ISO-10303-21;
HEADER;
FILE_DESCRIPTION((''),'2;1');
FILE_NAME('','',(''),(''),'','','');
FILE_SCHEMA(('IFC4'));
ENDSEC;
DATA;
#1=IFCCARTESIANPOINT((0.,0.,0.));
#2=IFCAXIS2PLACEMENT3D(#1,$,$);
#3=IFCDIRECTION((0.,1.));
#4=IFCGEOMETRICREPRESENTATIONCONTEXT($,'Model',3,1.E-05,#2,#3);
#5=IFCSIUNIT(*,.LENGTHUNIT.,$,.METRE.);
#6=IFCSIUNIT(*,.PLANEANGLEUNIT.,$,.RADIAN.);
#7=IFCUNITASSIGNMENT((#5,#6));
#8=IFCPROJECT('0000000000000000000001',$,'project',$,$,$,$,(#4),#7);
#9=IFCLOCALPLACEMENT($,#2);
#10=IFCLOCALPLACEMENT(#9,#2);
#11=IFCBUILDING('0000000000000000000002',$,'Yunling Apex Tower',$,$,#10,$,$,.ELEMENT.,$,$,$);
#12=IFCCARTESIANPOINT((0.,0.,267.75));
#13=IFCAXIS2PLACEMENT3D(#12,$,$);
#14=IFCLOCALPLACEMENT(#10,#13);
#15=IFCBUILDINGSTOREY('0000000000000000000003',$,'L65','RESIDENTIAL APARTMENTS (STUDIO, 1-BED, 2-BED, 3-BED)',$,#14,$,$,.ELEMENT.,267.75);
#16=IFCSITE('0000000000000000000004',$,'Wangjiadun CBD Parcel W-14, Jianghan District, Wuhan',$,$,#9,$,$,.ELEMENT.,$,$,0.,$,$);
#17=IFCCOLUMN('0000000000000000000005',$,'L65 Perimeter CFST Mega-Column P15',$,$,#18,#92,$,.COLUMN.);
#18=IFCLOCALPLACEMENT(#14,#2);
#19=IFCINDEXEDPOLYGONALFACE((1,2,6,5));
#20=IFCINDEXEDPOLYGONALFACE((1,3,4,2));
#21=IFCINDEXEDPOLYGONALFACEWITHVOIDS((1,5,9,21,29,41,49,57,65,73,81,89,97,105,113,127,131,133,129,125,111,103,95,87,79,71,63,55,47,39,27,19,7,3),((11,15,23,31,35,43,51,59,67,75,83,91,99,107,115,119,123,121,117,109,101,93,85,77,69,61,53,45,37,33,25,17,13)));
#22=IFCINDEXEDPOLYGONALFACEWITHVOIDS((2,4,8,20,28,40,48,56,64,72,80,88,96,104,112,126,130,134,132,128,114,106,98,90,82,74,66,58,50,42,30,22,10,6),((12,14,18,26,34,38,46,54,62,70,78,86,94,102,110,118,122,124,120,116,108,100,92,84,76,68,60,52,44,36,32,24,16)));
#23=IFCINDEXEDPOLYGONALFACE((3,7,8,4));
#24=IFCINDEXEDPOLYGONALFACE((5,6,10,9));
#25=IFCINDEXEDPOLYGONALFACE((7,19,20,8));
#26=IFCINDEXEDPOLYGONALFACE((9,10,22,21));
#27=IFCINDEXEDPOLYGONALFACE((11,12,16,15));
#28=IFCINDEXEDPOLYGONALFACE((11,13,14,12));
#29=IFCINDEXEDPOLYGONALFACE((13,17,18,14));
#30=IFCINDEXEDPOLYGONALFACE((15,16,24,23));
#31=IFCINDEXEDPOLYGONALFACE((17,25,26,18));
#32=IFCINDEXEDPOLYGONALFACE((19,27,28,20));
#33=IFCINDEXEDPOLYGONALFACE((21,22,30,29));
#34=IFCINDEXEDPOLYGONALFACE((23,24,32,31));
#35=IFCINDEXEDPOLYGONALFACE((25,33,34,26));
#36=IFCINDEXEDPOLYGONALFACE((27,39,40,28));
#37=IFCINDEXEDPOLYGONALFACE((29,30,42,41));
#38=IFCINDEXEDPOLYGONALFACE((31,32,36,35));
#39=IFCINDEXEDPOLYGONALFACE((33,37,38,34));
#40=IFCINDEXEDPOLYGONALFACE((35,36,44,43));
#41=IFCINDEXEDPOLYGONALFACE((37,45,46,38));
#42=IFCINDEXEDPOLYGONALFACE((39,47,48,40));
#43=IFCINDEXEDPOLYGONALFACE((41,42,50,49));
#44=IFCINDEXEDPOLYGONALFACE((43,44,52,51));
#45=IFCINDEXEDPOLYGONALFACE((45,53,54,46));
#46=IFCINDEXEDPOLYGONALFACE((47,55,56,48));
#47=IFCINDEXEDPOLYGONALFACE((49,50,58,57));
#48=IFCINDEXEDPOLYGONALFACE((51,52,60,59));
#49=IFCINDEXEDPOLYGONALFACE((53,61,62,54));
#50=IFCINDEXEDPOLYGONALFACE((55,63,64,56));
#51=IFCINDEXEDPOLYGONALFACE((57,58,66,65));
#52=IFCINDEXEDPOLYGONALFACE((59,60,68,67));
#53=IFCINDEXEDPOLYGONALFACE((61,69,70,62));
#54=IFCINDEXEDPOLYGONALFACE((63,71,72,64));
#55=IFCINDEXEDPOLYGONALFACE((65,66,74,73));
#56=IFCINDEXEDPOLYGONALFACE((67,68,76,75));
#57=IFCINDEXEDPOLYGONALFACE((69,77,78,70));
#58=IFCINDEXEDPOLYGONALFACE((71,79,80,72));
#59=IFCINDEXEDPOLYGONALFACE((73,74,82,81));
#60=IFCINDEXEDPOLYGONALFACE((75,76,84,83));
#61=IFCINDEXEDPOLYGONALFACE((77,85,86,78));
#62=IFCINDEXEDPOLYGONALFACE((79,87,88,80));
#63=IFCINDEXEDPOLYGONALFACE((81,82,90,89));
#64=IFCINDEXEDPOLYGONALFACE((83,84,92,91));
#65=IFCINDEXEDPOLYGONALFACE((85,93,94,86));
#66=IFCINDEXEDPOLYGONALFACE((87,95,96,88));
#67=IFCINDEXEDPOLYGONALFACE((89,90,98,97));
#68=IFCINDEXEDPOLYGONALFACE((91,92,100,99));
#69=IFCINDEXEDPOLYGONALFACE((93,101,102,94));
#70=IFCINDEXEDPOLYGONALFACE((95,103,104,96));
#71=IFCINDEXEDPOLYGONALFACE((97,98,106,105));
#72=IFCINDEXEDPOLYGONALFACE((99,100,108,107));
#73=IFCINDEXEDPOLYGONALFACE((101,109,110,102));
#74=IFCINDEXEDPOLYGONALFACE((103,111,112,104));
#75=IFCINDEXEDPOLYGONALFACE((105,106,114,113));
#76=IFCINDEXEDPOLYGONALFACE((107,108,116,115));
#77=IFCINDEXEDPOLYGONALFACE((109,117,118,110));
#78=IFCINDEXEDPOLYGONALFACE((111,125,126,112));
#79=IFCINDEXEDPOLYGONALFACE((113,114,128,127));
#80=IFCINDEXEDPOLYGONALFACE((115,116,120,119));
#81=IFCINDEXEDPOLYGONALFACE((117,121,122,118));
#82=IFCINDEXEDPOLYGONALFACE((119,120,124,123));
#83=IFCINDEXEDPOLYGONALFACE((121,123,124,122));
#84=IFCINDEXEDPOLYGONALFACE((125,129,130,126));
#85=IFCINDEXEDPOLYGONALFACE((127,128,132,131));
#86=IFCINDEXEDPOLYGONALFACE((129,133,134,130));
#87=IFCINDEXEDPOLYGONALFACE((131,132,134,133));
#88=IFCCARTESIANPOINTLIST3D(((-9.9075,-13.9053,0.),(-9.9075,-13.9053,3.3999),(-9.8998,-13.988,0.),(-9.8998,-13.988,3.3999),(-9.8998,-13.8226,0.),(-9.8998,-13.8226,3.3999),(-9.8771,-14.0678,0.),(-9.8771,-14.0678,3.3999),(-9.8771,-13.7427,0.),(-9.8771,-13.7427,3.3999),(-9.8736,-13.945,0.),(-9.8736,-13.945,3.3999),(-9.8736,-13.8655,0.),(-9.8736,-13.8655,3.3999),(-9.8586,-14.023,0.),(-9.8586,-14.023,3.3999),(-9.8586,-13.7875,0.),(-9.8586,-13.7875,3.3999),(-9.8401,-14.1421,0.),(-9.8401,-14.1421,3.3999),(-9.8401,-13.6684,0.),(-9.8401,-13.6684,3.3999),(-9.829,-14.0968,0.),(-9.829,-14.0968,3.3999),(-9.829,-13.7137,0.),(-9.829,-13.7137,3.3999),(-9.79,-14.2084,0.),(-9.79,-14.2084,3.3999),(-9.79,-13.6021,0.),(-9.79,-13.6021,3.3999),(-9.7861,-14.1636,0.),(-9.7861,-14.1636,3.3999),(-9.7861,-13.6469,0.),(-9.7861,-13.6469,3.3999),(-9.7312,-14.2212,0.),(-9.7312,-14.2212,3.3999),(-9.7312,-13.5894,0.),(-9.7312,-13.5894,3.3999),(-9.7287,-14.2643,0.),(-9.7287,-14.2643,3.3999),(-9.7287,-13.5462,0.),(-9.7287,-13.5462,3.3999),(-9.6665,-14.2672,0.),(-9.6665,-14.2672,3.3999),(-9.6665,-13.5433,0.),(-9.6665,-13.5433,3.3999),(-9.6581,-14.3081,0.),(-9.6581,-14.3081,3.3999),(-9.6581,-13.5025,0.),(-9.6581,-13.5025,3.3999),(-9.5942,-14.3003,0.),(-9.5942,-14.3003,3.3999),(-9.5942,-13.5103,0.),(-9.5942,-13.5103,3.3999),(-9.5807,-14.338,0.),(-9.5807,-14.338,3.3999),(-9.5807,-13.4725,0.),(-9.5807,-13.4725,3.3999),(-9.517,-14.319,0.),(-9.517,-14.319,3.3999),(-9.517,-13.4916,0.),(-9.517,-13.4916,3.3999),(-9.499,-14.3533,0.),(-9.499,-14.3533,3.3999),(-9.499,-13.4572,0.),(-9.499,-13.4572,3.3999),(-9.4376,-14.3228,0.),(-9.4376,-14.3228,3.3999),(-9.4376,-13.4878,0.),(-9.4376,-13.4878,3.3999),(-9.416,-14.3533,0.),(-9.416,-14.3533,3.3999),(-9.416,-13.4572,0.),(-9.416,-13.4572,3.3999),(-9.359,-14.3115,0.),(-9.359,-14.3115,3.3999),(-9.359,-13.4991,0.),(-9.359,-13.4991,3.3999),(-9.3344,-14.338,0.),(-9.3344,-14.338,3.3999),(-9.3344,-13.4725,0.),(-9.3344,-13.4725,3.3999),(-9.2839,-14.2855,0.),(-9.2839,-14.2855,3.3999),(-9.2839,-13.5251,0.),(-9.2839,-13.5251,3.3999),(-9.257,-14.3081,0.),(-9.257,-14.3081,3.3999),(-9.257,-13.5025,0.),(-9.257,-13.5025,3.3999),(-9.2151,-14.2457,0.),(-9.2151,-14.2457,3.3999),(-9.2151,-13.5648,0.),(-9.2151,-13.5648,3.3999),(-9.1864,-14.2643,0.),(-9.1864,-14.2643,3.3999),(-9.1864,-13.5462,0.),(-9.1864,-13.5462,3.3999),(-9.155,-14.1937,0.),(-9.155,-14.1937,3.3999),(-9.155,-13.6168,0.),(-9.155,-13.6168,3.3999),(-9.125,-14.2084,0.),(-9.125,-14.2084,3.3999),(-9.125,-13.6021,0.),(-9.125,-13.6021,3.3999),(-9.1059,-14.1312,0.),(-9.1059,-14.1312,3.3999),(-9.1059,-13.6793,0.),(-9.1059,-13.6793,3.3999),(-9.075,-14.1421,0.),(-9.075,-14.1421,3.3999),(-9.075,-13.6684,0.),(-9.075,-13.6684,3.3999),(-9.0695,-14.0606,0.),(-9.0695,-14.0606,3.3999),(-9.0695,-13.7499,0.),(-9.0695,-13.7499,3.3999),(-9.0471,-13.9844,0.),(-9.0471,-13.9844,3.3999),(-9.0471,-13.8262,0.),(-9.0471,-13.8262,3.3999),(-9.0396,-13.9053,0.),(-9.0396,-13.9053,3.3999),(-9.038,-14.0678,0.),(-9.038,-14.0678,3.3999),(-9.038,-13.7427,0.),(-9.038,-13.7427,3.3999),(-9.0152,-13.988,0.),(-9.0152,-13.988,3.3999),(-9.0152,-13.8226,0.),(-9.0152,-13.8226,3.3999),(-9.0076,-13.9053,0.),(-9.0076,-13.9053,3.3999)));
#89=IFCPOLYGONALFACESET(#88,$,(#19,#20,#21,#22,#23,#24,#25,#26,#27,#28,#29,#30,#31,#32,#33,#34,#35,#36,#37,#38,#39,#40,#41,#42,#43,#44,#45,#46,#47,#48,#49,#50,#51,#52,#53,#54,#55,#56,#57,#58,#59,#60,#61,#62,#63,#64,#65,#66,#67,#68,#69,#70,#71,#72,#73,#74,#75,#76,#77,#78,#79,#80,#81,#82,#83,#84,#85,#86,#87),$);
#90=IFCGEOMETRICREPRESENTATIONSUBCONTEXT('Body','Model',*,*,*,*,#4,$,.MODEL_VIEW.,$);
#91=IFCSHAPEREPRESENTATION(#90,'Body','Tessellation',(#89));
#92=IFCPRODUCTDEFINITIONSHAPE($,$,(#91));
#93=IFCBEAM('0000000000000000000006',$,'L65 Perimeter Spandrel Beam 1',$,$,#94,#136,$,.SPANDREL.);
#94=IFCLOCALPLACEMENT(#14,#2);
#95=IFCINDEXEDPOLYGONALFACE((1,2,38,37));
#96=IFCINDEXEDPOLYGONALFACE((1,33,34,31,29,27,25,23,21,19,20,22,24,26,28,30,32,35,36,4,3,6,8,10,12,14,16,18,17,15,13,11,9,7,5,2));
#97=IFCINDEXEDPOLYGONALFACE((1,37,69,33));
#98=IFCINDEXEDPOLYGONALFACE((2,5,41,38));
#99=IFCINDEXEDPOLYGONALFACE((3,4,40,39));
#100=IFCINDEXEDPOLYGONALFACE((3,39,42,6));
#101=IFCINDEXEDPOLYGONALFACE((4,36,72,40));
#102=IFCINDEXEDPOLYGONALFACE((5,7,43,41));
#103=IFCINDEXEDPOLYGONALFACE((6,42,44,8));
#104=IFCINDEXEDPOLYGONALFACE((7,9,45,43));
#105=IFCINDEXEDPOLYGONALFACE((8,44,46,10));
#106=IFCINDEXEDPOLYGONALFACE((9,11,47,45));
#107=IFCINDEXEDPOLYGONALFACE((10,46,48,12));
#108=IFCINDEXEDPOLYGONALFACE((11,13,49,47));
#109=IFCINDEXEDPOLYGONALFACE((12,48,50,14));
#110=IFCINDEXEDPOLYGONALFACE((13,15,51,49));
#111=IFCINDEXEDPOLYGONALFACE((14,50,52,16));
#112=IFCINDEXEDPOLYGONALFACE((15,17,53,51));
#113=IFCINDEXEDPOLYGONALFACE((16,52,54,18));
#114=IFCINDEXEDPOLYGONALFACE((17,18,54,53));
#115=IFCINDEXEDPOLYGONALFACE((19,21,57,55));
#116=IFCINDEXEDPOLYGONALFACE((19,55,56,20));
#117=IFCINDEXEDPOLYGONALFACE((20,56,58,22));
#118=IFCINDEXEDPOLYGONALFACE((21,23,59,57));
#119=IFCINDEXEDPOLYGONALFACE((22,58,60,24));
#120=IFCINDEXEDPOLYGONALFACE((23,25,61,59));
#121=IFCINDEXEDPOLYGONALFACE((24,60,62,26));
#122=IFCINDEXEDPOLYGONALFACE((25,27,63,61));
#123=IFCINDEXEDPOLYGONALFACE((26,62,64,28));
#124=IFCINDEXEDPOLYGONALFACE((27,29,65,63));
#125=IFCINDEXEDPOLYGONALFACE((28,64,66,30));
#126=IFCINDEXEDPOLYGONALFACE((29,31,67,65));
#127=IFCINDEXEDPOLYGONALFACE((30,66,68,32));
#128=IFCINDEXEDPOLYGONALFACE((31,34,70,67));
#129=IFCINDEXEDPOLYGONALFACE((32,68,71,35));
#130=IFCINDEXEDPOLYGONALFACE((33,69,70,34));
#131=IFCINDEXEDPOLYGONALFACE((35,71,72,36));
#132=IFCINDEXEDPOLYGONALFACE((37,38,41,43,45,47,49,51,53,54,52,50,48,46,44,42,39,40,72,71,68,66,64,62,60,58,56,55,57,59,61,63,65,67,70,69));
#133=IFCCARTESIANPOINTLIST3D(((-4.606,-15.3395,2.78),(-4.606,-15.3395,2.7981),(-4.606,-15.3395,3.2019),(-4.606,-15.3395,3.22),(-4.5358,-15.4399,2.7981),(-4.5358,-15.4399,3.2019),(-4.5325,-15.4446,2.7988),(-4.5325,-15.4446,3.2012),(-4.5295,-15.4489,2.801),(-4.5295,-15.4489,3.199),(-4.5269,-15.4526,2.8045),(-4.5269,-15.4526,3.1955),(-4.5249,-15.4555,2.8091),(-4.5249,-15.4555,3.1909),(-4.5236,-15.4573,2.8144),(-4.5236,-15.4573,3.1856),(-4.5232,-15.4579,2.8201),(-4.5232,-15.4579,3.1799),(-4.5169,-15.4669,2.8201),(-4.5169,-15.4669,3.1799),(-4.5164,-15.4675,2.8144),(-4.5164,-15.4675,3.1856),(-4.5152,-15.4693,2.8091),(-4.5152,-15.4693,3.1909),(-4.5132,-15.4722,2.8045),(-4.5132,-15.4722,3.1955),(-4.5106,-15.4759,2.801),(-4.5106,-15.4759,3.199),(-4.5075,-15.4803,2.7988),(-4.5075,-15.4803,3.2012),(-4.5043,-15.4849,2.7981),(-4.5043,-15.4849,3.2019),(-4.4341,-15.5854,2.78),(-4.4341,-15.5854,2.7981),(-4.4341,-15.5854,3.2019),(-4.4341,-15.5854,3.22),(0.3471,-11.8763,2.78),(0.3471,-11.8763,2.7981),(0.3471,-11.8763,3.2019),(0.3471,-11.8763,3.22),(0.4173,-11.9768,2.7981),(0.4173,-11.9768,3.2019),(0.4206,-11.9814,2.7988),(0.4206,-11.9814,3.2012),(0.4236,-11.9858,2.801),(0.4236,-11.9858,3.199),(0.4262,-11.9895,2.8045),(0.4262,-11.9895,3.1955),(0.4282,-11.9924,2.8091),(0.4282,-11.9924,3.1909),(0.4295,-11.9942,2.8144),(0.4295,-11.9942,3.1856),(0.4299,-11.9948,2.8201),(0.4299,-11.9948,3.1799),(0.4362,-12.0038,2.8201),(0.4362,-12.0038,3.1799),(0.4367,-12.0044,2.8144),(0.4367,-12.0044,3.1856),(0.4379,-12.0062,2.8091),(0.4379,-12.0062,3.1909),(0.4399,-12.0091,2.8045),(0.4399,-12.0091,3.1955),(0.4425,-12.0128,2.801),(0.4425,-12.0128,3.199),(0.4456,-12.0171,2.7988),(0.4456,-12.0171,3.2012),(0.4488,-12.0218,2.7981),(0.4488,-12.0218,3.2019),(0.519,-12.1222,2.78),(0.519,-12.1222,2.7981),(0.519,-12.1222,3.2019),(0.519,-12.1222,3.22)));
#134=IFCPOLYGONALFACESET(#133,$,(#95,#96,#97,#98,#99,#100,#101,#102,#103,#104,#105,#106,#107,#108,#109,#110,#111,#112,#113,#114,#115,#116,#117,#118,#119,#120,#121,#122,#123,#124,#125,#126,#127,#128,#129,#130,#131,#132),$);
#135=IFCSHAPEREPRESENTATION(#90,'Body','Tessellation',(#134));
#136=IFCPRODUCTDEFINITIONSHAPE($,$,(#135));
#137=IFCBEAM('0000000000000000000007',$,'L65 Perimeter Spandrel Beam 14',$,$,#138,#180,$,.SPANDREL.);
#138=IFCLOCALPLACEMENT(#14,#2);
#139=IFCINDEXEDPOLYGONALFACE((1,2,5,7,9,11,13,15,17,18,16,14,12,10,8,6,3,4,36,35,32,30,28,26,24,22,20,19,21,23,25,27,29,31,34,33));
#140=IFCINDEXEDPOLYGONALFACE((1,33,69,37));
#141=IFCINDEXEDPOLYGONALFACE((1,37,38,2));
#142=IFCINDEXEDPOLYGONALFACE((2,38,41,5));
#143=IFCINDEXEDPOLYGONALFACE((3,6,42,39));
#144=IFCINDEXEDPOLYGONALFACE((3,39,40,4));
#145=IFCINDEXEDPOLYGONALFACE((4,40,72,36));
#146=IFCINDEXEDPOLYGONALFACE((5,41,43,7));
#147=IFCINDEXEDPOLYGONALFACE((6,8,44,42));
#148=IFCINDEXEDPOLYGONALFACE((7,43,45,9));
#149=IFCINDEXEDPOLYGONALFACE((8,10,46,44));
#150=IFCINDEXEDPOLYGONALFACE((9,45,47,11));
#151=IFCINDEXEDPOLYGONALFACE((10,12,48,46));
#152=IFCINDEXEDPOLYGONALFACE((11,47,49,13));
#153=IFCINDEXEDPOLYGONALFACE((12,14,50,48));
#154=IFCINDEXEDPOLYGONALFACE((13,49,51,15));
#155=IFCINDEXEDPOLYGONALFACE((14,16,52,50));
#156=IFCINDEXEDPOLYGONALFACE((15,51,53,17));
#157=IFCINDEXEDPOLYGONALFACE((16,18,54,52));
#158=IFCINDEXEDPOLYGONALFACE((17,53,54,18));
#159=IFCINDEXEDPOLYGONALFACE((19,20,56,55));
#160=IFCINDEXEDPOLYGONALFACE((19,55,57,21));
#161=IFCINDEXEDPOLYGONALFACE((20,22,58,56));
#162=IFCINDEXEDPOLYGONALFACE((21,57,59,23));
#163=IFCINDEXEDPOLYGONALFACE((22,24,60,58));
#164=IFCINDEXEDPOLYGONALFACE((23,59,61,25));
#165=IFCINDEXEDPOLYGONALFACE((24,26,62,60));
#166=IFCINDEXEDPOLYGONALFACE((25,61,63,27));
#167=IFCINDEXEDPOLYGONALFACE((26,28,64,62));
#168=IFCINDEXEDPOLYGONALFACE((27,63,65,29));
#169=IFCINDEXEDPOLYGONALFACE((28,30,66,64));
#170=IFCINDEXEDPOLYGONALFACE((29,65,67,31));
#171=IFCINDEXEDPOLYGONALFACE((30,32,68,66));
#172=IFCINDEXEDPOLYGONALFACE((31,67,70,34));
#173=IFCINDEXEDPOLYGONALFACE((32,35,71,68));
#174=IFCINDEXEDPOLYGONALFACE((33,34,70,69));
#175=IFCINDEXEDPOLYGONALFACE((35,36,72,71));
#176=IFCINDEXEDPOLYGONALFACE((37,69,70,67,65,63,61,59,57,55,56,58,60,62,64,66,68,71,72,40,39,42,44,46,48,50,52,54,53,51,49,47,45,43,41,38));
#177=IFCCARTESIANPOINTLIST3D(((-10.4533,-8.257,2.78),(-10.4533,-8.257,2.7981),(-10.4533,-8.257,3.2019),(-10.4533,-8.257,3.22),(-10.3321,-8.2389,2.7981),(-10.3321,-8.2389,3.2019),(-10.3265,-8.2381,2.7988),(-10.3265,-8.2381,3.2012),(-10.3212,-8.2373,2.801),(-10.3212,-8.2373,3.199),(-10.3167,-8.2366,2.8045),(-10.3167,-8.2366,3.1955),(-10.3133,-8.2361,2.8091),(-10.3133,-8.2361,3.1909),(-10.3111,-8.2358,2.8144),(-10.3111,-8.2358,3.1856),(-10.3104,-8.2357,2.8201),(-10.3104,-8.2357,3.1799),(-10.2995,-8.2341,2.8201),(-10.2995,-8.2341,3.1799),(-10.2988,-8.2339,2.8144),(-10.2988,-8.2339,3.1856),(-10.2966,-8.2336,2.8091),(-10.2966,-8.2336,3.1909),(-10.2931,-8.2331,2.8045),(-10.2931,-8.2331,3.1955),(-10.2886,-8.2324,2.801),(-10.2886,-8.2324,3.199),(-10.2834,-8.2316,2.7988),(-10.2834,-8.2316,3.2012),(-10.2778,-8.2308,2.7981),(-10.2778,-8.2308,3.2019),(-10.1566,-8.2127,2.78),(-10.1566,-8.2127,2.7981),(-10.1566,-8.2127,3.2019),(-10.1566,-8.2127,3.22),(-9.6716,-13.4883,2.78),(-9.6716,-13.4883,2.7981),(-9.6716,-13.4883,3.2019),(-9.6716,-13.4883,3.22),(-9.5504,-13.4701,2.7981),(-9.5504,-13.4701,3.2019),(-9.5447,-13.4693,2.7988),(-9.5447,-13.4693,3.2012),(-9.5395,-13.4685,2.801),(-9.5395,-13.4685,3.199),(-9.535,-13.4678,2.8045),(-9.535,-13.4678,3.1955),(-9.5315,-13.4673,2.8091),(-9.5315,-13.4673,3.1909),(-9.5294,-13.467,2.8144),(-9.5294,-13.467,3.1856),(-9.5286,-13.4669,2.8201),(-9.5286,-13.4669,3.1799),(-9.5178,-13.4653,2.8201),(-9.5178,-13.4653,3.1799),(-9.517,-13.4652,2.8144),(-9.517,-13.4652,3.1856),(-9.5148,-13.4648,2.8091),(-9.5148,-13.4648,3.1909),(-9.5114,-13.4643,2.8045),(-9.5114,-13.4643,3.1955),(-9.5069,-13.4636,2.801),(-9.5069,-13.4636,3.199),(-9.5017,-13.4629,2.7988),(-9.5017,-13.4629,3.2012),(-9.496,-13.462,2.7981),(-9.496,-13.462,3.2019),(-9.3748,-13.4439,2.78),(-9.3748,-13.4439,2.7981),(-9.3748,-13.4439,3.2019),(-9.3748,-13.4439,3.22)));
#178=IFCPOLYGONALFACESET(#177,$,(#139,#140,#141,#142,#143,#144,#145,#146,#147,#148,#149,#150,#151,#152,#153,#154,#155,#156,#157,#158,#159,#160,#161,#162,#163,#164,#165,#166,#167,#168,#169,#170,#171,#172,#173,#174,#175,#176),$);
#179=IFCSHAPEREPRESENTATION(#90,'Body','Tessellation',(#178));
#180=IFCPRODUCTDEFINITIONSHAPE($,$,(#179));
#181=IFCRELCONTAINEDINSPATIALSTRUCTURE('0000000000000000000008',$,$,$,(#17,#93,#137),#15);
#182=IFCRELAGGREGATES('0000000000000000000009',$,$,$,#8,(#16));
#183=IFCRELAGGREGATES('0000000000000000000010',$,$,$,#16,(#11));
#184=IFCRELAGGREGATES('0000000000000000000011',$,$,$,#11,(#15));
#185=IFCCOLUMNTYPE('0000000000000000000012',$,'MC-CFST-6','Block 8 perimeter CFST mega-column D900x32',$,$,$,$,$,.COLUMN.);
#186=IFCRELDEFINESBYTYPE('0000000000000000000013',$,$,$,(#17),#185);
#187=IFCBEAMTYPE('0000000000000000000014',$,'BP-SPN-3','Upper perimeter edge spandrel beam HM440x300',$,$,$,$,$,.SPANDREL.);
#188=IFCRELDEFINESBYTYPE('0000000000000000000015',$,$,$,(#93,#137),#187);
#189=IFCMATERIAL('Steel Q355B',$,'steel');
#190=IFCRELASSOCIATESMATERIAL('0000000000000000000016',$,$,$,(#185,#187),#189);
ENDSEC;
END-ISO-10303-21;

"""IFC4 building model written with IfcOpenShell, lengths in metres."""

from ifc_helpers import new_model, si_unit, direction, frame, origin, origin_2d, place, context, subcontext, project, spatial, hollow_circle, i_section, extrude, source, transform, mapped, material, material_profile, profile_set, type_object, element, save


model = new_model("IFC4")

# Units and contexts
model_context = context("Model", 3, precision=1e-05, world=origin(), true_north=direction((0.0, 1.0)))
body_context = subcontext(model_context, "Body", "Model", "MODEL_VIEW")
ifc_project = project(units=[si_unit("LENGTHUNIT", "METRE"), si_unit("PLANEANGLEUNIT", "RADIAN")], contexts=[model_context])

# Site, building, storey
site_placement = place(None, origin())
site = spatial("IfcSite", under=ifc_project, at=site_placement, Name="Wangjiadun CBD Parcel W-14, Jianghan District, Wuhan", CompositionType="ELEMENT", RefElevation=0.0)
building_placement = place(site_placement, origin())
building = spatial("IfcBuilding", under=site, at=building_placement, Name="Yunling Apex Tower", CompositionType="ELEMENT")
storey_placement = place(building_placement, frame((0.0, 0.0, 267.75)))
storey = spatial("IfcBuildingStorey", under=building, at=storey_placement, Name="L65", Description="RESIDENTIAL APARTMENTS (STUDIO, 1-BED, 2-BED, 3-BED)", CompositionType="ELEMENT", Elevation=267.75)

# Column
ifc_material_1 = material(Name="Steel Q355B", Category="steel")
ifc_material_profile_1 = material_profile(ifc_material_1, hollow_circle(Radius=0.45, WallThickness=0.032, at=origin_2d()))
ifc_profile_set_1 = profile_set([ifc_material_profile_1], Name="Steel Q355B")
column_type = type_object("IfcColumnType", Name="MC-CFST-6", Description="Block 8 perimeter CFST mega-column D900x32", PredefinedType="COLUMN", material=ifc_profile_set_1)
shared_shape_1 = source(origin(), body_context, "Body", "SweptSolid", [
    extrude(hollow_circle(Radius=0.45, WallThickness=0.032, at=origin_2d()), origin(), (0.0, 0.0, 1.0), 3.3999),
])
for number, where, z_axis, x_axis, name in (
    (1, (-9.4575, -13.9053, 0.0), (0.0, 0.0, 1.0), (1.0, 0.0, 0.0), "L65 Perimeter CFST Mega-Column P15"),
):
    element("IfcColumn", number, at=place(storey_placement, frame(where, z_axis=z_axis, x_axis=x_axis)), inside=storey, type_object=column_type, Name=name, PredefinedType="COLUMN", context=body_context, shape_type="MappedRepresentation", body=[
        mapped(shared_shape_1, transform((0.0, 0.0, 0.0), scale=1.0)),
    ])

# Beams
ifc_material_profile_2 = material_profile(ifc_material_1, i_section(OverallWidth=0.3, OverallDepth=0.4399, WebThickness=0.011, FlangeThickness=0.0181, FilletRadius=0.022, at=origin_2d()))
ifc_profile_set_2 = profile_set([ifc_material_profile_2], Name="Steel Q355B")
beam_type_1 = type_object("IfcBeamType", Name="BP-SPN-3", Description="Upper perimeter edge spandrel beam HM440x300", PredefinedType="SPANDREL", material=ifc_profile_set_2)
shared_shape_2 = source(origin(), body_context, "Body", "SweptSolid", [
    extrude(i_section(OverallWidth=0.3, OverallDepth=0.4399, WebThickness=0.011, FlangeThickness=0.0181, FilletRadius=0.022, at=origin_2d()), origin(), (0.0, 0.0, 1.0), 6.0437),
])
beam_1_placement = place(storey_placement, frame((-4.52, -15.4624, 3.0), z_axis=(0.819547, 0.573012, 0.0), x_axis=(-0.573012, 0.819547, 0.0)))
element("IfcBeam", 2, at=beam_1_placement, inside=storey, type_object=beam_type_1, Name="L65 Perimeter Spandrel Beam 1", PredefinedType="SPANDREL", context=body_context, shape_type="MappedRepresentation", body=[
    mapped(shared_shape_2, transform((0.0, 0.0, 0.0), scale=1.0)),
])
shared_shape_3 = source(origin(), body_context, "Body", "SweptSolid", [
    extrude(i_section(OverallWidth=0.3, OverallDepth=0.4399, WebThickness=0.011, FlangeThickness=0.0181, FilletRadius=0.022, at=origin_2d()), origin(), (0.0, 0.0, 1.0), 5.2893),
])
beam_2_placement = place(storey_placement, frame((-10.3049, -8.2349, 3.0), z_axis=(0.147796, -0.989018, 0.0), x_axis=(0.989018, 0.147796, 0.0)))
element("IfcBeam", 3, at=beam_2_placement, inside=storey, type_object=beam_type_1, Name="L65 Perimeter Spandrel Beam 14", PredefinedType="SPANDREL", context=body_context, shape_type="MappedRepresentation", body=[
    mapped(shared_shape_3, transform((0.0, 0.0, 0.0), scale=1.0)),
])

save(model, "model.ifc")
